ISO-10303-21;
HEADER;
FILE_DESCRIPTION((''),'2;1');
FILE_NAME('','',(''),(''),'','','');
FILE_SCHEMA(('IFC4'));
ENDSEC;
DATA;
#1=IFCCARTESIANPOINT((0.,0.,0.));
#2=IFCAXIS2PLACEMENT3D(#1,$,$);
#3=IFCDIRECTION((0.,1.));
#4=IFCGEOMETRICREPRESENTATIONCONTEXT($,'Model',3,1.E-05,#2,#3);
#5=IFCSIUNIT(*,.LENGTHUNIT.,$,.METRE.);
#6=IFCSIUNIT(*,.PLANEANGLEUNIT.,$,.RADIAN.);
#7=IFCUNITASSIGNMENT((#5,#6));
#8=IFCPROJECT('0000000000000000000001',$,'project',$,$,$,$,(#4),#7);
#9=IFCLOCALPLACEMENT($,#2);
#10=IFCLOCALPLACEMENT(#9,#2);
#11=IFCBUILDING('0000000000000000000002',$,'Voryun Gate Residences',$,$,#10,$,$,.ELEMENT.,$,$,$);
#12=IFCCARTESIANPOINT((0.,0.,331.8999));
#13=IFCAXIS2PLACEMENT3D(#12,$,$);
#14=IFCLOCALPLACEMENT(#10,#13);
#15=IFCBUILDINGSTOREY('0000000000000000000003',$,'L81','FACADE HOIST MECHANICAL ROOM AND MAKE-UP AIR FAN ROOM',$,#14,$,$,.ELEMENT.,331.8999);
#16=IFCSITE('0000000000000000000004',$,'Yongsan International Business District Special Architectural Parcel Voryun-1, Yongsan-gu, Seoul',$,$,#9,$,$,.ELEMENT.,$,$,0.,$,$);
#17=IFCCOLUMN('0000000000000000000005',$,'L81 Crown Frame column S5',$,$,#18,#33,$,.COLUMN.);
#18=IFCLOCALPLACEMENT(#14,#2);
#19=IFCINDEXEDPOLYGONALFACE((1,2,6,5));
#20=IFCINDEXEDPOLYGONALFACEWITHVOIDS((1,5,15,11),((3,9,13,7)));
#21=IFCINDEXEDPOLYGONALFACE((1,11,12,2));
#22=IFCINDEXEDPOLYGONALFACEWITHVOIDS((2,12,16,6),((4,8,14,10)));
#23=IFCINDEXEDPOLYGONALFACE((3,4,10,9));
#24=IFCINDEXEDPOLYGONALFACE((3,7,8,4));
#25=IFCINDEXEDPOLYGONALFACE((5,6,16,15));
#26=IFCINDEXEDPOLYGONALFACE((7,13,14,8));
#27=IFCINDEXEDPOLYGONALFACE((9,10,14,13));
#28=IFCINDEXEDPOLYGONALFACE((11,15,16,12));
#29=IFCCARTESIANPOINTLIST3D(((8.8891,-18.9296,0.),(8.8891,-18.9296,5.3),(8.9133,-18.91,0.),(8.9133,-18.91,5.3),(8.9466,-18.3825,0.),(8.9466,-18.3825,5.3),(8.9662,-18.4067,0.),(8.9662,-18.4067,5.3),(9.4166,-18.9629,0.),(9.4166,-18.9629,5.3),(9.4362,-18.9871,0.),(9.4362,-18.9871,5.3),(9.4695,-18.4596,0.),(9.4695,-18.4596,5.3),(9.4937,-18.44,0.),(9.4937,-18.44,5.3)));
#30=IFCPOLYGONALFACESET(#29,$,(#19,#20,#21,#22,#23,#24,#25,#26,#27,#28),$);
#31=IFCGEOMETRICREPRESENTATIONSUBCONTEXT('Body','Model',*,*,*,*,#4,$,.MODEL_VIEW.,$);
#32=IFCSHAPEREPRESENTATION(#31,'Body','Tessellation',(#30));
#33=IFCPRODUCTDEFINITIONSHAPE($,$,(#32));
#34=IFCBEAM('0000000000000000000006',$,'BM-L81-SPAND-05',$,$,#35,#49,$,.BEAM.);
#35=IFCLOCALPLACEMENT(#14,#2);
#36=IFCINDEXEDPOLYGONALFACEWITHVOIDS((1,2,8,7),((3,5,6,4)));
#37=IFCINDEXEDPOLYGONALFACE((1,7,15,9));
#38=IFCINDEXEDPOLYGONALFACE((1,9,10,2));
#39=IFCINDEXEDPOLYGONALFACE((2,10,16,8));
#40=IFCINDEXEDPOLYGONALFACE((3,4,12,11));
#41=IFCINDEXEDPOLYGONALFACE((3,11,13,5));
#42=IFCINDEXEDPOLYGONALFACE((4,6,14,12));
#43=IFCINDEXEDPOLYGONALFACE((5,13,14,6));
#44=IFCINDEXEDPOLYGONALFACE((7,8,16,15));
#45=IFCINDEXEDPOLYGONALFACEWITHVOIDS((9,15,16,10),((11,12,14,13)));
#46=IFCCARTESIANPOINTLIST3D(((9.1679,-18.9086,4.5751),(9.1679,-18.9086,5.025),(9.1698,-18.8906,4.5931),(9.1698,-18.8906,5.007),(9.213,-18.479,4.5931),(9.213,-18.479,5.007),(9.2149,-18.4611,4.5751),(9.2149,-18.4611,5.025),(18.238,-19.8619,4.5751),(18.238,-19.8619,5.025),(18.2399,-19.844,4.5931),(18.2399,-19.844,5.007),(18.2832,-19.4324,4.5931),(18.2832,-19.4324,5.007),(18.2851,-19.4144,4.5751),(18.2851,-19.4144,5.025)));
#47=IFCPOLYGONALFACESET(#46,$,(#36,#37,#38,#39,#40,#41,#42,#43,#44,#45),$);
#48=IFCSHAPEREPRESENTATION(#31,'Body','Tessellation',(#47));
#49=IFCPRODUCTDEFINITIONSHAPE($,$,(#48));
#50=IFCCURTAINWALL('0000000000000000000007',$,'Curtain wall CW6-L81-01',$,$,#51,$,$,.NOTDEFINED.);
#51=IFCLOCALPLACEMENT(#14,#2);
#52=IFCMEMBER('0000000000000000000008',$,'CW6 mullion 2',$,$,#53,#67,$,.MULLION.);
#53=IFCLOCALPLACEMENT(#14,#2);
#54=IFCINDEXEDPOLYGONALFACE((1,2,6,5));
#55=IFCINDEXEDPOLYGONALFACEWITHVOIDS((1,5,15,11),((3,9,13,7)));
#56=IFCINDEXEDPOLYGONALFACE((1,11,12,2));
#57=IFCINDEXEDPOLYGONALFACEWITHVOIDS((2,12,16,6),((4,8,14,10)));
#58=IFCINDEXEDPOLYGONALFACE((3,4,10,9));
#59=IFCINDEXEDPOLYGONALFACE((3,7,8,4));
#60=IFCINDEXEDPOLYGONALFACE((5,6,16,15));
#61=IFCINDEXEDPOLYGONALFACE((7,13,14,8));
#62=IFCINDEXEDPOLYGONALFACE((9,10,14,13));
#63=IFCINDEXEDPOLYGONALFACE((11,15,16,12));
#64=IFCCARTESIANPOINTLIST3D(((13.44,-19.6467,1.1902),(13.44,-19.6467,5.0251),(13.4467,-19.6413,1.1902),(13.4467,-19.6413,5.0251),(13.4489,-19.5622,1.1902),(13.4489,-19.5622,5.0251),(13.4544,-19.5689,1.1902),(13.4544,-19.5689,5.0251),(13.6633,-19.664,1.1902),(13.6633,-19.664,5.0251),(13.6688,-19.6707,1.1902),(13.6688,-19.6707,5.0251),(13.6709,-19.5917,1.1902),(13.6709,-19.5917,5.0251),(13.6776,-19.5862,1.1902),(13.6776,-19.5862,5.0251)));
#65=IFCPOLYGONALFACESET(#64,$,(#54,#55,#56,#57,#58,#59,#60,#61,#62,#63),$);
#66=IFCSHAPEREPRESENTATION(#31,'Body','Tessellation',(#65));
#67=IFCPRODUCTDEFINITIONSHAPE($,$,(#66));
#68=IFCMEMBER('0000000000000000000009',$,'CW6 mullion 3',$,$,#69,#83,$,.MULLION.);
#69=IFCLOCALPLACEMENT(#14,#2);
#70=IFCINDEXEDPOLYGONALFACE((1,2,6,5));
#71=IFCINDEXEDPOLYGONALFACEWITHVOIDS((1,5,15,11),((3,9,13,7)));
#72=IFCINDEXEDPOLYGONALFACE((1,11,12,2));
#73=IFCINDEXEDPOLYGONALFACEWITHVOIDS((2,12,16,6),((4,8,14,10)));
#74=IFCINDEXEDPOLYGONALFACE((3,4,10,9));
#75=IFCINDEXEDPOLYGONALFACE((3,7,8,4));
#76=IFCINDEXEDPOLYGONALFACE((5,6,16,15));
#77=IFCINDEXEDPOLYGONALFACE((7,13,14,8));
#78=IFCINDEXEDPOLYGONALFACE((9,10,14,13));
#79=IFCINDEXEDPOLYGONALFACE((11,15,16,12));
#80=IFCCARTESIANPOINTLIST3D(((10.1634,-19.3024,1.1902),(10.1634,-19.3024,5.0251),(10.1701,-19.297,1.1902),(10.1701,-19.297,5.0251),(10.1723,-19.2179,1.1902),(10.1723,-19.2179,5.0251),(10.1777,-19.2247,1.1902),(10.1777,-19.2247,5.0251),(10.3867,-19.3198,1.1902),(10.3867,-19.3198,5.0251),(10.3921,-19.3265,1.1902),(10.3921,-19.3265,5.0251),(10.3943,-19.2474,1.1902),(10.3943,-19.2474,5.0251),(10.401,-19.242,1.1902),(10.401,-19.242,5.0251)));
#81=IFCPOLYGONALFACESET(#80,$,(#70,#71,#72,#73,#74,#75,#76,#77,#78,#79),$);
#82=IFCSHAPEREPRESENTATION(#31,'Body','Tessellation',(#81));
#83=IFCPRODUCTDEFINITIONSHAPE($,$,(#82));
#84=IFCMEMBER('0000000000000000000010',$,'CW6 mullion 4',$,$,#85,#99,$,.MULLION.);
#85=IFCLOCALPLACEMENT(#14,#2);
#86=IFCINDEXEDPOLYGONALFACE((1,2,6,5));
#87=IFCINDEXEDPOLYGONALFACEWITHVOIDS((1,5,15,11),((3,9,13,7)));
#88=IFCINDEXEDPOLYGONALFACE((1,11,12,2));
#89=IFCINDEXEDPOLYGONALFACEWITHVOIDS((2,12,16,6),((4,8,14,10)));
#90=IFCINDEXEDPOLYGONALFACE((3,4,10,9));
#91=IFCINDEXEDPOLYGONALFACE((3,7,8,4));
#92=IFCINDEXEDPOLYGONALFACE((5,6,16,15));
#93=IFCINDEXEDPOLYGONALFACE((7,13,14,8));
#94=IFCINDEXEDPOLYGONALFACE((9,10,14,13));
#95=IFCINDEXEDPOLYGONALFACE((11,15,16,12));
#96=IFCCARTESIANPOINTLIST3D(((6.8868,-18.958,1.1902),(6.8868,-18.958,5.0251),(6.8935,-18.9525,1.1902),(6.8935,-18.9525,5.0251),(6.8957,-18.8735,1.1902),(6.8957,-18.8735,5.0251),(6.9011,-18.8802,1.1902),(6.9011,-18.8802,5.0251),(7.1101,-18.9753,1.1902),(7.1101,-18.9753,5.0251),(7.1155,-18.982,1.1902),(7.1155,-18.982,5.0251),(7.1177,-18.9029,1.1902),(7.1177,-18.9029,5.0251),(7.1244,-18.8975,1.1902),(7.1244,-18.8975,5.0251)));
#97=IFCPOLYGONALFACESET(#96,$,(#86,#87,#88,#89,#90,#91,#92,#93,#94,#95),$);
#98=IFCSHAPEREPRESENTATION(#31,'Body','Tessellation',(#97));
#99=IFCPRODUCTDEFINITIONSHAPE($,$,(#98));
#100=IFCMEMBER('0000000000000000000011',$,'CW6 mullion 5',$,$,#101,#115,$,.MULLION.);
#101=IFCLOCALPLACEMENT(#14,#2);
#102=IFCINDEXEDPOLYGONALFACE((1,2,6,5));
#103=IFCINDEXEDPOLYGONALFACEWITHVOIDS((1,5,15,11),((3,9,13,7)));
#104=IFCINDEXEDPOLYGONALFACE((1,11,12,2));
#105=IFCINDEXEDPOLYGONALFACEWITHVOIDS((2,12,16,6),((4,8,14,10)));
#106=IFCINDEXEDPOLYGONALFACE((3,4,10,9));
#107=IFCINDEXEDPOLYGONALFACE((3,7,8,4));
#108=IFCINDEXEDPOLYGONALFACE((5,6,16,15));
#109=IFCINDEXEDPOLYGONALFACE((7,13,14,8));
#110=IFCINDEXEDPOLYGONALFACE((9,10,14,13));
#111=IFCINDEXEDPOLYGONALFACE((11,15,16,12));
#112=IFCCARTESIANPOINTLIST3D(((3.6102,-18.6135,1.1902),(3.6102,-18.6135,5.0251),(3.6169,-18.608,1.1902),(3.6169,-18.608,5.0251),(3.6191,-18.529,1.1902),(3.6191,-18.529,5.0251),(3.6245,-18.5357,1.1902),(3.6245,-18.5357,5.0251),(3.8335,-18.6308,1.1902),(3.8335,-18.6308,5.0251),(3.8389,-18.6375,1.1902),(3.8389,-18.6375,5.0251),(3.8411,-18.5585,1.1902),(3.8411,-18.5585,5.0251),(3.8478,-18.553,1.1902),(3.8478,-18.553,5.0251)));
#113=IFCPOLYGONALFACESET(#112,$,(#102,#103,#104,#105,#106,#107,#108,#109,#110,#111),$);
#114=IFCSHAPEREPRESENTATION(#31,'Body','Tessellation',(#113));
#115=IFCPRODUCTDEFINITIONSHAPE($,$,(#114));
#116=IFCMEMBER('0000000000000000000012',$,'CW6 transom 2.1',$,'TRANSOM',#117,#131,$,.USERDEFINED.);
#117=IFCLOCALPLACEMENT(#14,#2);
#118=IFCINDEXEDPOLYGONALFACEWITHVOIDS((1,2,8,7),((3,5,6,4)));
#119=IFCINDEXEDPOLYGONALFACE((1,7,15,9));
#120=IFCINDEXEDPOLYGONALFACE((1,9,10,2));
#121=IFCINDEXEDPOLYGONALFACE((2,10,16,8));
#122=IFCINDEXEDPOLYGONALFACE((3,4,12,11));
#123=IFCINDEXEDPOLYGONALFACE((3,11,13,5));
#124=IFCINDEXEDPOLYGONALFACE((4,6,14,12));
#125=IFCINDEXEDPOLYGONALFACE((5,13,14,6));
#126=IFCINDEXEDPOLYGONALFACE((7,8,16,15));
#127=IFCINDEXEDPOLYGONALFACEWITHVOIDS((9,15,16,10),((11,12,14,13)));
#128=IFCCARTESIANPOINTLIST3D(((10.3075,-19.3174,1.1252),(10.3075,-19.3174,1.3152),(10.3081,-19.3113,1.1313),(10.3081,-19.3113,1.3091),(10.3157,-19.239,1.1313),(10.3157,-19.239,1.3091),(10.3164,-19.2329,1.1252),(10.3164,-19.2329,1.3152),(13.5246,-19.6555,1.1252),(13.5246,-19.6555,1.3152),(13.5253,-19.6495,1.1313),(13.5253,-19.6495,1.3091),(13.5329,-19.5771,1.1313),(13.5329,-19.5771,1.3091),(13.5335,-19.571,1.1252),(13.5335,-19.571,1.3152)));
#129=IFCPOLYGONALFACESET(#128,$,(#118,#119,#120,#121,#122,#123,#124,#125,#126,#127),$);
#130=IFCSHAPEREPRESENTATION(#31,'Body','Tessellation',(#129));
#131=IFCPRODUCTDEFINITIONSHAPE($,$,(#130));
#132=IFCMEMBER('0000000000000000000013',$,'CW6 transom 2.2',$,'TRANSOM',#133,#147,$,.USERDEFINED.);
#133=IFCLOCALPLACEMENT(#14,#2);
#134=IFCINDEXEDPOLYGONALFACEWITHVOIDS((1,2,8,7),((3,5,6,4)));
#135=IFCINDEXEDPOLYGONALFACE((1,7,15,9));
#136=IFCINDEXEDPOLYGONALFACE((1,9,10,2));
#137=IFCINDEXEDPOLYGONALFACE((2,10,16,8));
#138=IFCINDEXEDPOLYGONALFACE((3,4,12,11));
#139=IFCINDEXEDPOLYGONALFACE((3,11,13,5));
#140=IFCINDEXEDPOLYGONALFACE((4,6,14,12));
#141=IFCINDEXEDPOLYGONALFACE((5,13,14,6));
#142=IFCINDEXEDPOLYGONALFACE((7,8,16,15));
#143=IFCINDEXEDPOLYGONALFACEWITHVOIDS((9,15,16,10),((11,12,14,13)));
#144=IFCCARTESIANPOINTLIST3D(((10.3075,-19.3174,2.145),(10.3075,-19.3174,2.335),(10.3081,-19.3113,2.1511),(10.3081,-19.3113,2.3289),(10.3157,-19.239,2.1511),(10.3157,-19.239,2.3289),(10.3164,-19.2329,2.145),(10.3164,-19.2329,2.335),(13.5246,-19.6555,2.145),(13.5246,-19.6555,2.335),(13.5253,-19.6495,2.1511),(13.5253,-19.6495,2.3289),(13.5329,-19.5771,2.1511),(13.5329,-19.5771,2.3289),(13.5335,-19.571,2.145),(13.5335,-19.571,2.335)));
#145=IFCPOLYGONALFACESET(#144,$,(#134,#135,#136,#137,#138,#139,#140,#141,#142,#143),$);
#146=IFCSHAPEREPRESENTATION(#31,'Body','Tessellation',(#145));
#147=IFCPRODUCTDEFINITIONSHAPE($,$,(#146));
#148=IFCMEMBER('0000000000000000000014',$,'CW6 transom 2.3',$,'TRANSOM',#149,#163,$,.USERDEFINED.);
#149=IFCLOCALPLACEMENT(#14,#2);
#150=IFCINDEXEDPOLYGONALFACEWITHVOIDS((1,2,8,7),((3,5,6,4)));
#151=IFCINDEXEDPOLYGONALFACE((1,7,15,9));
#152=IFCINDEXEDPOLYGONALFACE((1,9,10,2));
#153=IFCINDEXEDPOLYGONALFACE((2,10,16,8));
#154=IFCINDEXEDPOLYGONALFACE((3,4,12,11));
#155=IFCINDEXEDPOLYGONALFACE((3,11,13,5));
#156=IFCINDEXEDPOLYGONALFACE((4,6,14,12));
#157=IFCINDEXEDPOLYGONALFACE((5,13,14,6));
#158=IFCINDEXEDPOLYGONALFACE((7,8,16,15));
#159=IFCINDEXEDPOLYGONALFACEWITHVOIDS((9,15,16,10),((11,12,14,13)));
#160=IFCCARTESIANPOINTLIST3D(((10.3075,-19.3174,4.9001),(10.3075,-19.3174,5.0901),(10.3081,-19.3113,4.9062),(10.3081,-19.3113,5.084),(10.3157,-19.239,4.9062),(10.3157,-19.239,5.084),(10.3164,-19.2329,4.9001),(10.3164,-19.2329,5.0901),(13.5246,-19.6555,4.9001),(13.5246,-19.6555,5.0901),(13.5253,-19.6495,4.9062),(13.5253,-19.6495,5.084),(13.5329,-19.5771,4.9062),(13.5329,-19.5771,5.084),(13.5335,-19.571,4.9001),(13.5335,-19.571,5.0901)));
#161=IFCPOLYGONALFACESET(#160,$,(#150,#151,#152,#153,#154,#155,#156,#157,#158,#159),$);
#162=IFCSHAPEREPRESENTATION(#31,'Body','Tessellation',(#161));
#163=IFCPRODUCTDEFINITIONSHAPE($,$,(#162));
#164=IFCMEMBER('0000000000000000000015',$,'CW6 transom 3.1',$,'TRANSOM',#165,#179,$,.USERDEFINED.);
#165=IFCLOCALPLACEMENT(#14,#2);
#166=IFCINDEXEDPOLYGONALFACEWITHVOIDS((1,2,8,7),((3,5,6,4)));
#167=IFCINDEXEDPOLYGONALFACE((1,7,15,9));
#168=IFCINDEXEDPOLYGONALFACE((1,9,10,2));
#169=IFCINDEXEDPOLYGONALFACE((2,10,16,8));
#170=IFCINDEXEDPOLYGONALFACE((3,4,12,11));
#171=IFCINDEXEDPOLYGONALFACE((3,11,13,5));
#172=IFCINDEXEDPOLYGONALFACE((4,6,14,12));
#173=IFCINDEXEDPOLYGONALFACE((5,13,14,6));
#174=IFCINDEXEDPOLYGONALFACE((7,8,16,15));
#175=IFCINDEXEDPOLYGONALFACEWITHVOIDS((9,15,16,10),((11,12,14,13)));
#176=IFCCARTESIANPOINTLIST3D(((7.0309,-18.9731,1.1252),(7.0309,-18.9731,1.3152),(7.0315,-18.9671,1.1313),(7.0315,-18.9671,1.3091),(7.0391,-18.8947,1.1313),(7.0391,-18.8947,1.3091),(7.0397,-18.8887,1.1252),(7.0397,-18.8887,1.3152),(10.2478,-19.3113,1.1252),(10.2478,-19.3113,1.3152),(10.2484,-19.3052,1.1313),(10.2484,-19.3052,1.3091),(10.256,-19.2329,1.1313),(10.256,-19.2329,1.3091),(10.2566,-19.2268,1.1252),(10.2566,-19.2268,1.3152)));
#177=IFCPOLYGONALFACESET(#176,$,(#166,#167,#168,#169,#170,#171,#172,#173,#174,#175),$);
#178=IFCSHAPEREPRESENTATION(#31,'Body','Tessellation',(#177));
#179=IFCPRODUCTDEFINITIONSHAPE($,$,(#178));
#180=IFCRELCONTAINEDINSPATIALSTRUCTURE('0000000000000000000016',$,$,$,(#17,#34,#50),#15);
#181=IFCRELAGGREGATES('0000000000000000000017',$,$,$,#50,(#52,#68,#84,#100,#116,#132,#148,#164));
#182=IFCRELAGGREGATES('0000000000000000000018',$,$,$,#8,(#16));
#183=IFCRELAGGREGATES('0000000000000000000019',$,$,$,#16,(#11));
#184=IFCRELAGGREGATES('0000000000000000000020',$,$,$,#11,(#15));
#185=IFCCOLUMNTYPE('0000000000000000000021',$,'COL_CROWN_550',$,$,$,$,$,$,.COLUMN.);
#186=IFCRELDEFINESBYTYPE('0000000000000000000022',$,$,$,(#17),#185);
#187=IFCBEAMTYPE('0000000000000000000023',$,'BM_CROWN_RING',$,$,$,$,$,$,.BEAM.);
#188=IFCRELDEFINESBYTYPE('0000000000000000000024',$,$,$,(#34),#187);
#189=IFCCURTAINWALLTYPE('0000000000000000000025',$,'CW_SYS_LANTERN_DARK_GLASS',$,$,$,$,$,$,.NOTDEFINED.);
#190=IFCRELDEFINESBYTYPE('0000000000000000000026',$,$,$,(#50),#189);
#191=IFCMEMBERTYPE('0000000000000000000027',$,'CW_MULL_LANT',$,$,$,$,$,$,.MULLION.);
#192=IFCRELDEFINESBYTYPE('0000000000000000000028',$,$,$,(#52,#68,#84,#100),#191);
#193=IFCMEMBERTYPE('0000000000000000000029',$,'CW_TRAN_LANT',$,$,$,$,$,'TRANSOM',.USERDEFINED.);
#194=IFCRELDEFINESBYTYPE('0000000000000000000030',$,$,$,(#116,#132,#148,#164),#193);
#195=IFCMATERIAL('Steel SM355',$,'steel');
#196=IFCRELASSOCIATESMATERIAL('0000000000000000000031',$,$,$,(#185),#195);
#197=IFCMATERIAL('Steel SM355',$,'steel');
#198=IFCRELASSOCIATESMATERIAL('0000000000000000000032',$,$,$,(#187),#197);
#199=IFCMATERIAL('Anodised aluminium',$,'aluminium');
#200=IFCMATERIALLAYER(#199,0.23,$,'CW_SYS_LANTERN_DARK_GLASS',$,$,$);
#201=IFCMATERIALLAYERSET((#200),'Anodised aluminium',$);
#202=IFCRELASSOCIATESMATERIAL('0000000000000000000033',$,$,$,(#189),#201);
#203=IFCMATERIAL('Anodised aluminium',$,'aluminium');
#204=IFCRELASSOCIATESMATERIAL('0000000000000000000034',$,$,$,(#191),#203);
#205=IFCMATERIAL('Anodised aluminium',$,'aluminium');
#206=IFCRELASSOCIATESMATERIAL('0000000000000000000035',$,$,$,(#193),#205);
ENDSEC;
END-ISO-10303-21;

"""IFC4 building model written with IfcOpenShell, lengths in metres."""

from ifc_helpers import new_model, si_unit, direction, frame, origin, origin_2d, place, context, subcontext, project, spatial, hollow_rectangle, extrude, material, layer, layer_set, material_profile, profile_set, type_object, element, aggregate, save


model = new_model("IFC4")

# Units and contexts
model_context = context("Model", 3, precision=1e-05, world=origin(), true_north=direction((0.0, 1.0)))
body_context = subcontext(model_context, "Body", "Model", "MODEL_VIEW")
ifc_project = project(units=[si_unit("LENGTHUNIT", "METRE"), si_unit("PLANEANGLEUNIT", "RADIAN")], contexts=[model_context])

# Site, building, storey
site_placement = place(None, origin())
site = spatial("IfcSite", under=ifc_project, at=site_placement, Name="Yongsan International Business District Special Architectural Parcel Voryun-1, Yongsan-gu, Seoul", CompositionType="ELEMENT", RefElevation=0.0)
building_placement = place(site_placement, origin())
building = spatial("IfcBuilding", under=site, at=building_placement, Name="Voryun Gate Residences", CompositionType="ELEMENT")
storey_placement = place(building_placement, frame((0.0, 0.0, 331.8999)))
storey = spatial("IfcBuildingStorey", under=building, at=storey_placement, Name="L81", Description="FACADE HOIST MECHANICAL ROOM AND MAKE-UP AIR FAN ROOM", CompositionType="ELEMENT", Elevation=331.8999)

# Column
ifc_material_1 = material(Name="Steel SM355", Category="steel")
ifc_material_profile_1 = material_profile(ifc_material_1, hollow_rectangle(XDim=0.55, YDim=0.55, WallThickness=0.022, at=origin_2d()), Name="BOX-550x550x22")
ifc_profile_set_1 = profile_set([ifc_material_profile_1], Name="Steel SM355")
column_type = type_object("IfcColumnType", Name="COL_CROWN_550", PredefinedType="COLUMN", material=ifc_profile_set_1)
column_placement = place(storey_placement, frame((9.1914, -18.6848, 0.0), z_axis=(0.0, 0.0, 1.0), x_axis=(0.994522, -0.104528, 0.0)))
element("IfcColumn", 1, at=column_placement, inside=storey, type_object=column_type, Name="L81 Crown Frame column S5", PredefinedType="COLUMN", context=body_context, shape_type="SweptSolid", body=[
    extrude(hollow_rectangle(XDim=0.55, YDim=0.55, WallThickness=0.022, at=origin_2d()), origin(), (0.0, 0.0, 1.0), 5.3),
])

# Beam
ifc_material_2 = material(Name="Steel SM355", Category="steel")
ifc_material_profile_2 = material_profile(ifc_material_2, hollow_rectangle(XDim=0.45, YDim=0.45, WallThickness=0.0181, at=origin_2d()), Name="BOX-450x450x18")
ifc_profile_set_2 = profile_set([ifc_material_profile_2], Name="Steel SM355")
beam_type = type_object("IfcBeamType", Name="BM_CROWN_RING", PredefinedType="BEAM", material=ifc_profile_set_2)
beam_placement = place(storey_placement, frame((9.1914, -18.6848, 4.8), z_axis=(0.994521, -0.104536, 0.0), x_axis=(0.104536, 0.994521, 0.0)))
element("IfcBeam", 2, at=beam_placement, inside=storey, type_object=beam_type, Name="BM-L81-SPAND-05", PredefinedType="BEAM", context=body_context, shape_type="SweptSolid", body=[
    extrude(hollow_rectangle(XDim=0.45, YDim=0.45, WallThickness=0.0181, at=origin_2d()), origin(), (0.0, 0.0, 1.0), 9.1201),
])

# Curtain wall, members
ifc_material_3 = material(Name="Anodised aluminium", Category="aluminium")
ifc_layer_1 = layer(ifc_material_3, 0.23, Name="CW_SYS_LANTERN_DARK_GLASS")
ifc_layer_set_1 = layer_set([ifc_layer_1], Name="Anodised aluminium")
curtain_wall_type = type_object("IfcCurtainWallType", Name="CW_SYS_LANTERN_DARK_GLASS", PredefinedType="NOTDEFINED", material=ifc_layer_set_1)
curtain_wall_placement = place(storey_placement, origin())
curtain_wall = element("IfcCurtainWall", 3, at=curtain_wall_placement, inside=storey, type_object=curtain_wall_type, Name="Curtain wall CW6-L81-01", PredefinedType="NOTDEFINED")
ifc_material_4 = material(Name="Anodised aluminium", Category="aluminium")
ifc_material_profile_3 = material_profile(ifc_material_4, hollow_rectangle(XDim=0.085, YDim=0.23, WallThickness=0.0061, at=origin_2d()), Name="ALU-MULL-230x85x6")
ifc_profile_set_3 = profile_set([ifc_material_profile_3], Name="Anodised aluminium")
member_type_1 = type_object("IfcMemberType", Name="CW_MULL_LANT", PredefinedType="MULLION", material=ifc_profile_set_3)
member_1_placement = place(storey_placement, frame((13.5588, -19.6165, 1.1902), z_axis=(0.0, 0.0, 1.0), x_axis=(-0.104528, -0.994522, 0.0)))
member_1 = element("IfcMember", 4, at=member_1_placement, type_object=member_type_1, Name="CW6 mullion 2", PredefinedType="MULLION", context=body_context, shape_type="SweptSolid", body=[
    extrude(hollow_rectangle(XDim=0.085, YDim=0.23, WallThickness=0.0061, at=origin_2d()), origin(), (0.0, 0.0, 1.0), 3.835),
])
member_2_placement = place(storey_placement, frame((10.2822, -19.2722, 1.1902), z_axis=(0.0, 0.0, 1.0), x_axis=(-0.104528, -0.994522, 0.0)))
member_2 = element("IfcMember", 5, at=member_2_placement, type_object=member_type_1, Name="CW6 mullion 3", PredefinedType="MULLION", context=body_context, shape_type="SweptSolid", body=[
    extrude(hollow_rectangle(XDim=0.085, YDim=0.23, WallThickness=0.0061, at=origin_2d()), origin(), (0.0, 0.0, 1.0), 3.835),
])
member_3_placement = place(storey_placement, frame((7.0056, -18.9277, 1.1902), z_axis=(0.0, 0.0, 1.0), x_axis=(-0.104528, -0.994522, 0.0)))
member_3 = element("IfcMember", 6, at=member_3_placement, type_object=member_type_1, Name="CW6 mullion 4", PredefinedType="MULLION", context=body_context, shape_type="SweptSolid", body=[
    extrude(hollow_rectangle(XDim=0.085, YDim=0.23, WallThickness=0.0061, at=origin_2d()), origin(), (0.0, 0.0, 1.0), 3.835),
])
member_4_placement = place(storey_placement, frame((3.729, -18.5833, 1.1902), z_axis=(0.0, 0.0, 1.0), x_axis=(-0.104528, -0.994522, 0.0)))
member_4 = element("IfcMember", 7, at=member_4_placement, type_object=member_type_1, Name="CW6 mullion 5", PredefinedType="MULLION", context=body_context, shape_type="SweptSolid", body=[
    extrude(hollow_rectangle(XDim=0.085, YDim=0.23, WallThickness=0.0061, at=origin_2d()), origin(), (0.0, 0.0, 1.0), 3.835),
])
ifc_material_5 = material(Name="Anodised aluminium", Category="aluminium")
ifc_material_profile_4 = material_profile(ifc_material_5, hollow_rectangle(XDim=0.085, YDim=0.1899, WallThickness=0.0061, at=origin_2d()), Name="ALU-TRAN-190x85x6")
ifc_profile_set_4 = profile_set([ifc_material_profile_4], Name="Anodised aluminium")
member_type_2 = type_object("IfcMemberType", Name="CW_TRAN_LANT", ElementType="TRANSOM", PredefinedType="USERDEFINED", material=ifc_profile_set_4)
member_5_placement = place(storey_placement, frame((13.5291, -19.6133, 1.2202), z_axis=(-0.994522, 0.104532, 0.0), x_axis=(-0.104532, -0.994522, 0.0)))
member_5 = element("IfcMember", 8, at=member_5_placement, type_object=member_type_2, Name="CW6 transom 2.1", ObjectType="TRANSOM", PredefinedType="USERDEFINED", context=body_context, shape_type="SweptSolid", body=[
    extrude(hollow_rectangle(XDim=0.085, YDim=0.1899, WallThickness=0.0061, at=origin_2d()), origin(), (0.0, 0.0, 1.0), 3.2349),
])
member_6_placement = place(storey_placement, frame((13.5291, -19.6133, 2.24), z_axis=(-0.994522, 0.104532, 0.0), x_axis=(-0.104532, -0.994522, 0.0)))
member_6 = element("IfcMember", 9, at=member_6_placement, type_object=member_type_2, Name="CW6 transom 2.2", ObjectType="TRANSOM", PredefinedType="USERDEFINED", context=body_context, shape_type="SweptSolid", body=[
    extrude(hollow_rectangle(XDim=0.085, YDim=0.1899, WallThickness=0.0061, at=origin_2d()), origin(), (0.0, 0.0, 1.0), 3.2349),
])
member_7_placement = place(storey_placement, frame((13.5291, -19.6133, 4.9951), z_axis=(-0.994522, 0.104532, 0.0), x_axis=(-0.104532, -0.994522, 0.0)))
member_7 = element("IfcMember", 10, at=member_7_placement, type_object=member_type_2, Name="CW6 transom 2.3", ObjectType="TRANSOM", PredefinedType="USERDEFINED", context=body_context, shape_type="SweptSolid", body=[
    extrude(hollow_rectangle(XDim=0.085, YDim=0.1899, WallThickness=0.0061, at=origin_2d()), origin(), (0.0, 0.0, 1.0), 3.2349),
])
member_8_placement = place(storey_placement, frame((10.2522, -19.269, 1.2202), z_axis=(-0.994521, 0.104539, 0.0), x_axis=(-0.104539, -0.994521, 0.0)))
member_8 = element("IfcMember", 11, at=member_8_placement, type_object=member_type_2, Name="CW6 transom 3.1", ObjectType="TRANSOM", PredefinedType="USERDEFINED", context=body_context, shape_type="SweptSolid", body=[
    extrude(hollow_rectangle(XDim=0.085, YDim=0.1899, WallThickness=0.0061, at=origin_2d()), origin(), (0.0, 0.0, 1.0), 3.2346),
])

aggregate(curtain_wall, [member_1, member_2, member_3, member_4, member_5, member_6, member_7, member_8])

save(model, "model.ifc")
